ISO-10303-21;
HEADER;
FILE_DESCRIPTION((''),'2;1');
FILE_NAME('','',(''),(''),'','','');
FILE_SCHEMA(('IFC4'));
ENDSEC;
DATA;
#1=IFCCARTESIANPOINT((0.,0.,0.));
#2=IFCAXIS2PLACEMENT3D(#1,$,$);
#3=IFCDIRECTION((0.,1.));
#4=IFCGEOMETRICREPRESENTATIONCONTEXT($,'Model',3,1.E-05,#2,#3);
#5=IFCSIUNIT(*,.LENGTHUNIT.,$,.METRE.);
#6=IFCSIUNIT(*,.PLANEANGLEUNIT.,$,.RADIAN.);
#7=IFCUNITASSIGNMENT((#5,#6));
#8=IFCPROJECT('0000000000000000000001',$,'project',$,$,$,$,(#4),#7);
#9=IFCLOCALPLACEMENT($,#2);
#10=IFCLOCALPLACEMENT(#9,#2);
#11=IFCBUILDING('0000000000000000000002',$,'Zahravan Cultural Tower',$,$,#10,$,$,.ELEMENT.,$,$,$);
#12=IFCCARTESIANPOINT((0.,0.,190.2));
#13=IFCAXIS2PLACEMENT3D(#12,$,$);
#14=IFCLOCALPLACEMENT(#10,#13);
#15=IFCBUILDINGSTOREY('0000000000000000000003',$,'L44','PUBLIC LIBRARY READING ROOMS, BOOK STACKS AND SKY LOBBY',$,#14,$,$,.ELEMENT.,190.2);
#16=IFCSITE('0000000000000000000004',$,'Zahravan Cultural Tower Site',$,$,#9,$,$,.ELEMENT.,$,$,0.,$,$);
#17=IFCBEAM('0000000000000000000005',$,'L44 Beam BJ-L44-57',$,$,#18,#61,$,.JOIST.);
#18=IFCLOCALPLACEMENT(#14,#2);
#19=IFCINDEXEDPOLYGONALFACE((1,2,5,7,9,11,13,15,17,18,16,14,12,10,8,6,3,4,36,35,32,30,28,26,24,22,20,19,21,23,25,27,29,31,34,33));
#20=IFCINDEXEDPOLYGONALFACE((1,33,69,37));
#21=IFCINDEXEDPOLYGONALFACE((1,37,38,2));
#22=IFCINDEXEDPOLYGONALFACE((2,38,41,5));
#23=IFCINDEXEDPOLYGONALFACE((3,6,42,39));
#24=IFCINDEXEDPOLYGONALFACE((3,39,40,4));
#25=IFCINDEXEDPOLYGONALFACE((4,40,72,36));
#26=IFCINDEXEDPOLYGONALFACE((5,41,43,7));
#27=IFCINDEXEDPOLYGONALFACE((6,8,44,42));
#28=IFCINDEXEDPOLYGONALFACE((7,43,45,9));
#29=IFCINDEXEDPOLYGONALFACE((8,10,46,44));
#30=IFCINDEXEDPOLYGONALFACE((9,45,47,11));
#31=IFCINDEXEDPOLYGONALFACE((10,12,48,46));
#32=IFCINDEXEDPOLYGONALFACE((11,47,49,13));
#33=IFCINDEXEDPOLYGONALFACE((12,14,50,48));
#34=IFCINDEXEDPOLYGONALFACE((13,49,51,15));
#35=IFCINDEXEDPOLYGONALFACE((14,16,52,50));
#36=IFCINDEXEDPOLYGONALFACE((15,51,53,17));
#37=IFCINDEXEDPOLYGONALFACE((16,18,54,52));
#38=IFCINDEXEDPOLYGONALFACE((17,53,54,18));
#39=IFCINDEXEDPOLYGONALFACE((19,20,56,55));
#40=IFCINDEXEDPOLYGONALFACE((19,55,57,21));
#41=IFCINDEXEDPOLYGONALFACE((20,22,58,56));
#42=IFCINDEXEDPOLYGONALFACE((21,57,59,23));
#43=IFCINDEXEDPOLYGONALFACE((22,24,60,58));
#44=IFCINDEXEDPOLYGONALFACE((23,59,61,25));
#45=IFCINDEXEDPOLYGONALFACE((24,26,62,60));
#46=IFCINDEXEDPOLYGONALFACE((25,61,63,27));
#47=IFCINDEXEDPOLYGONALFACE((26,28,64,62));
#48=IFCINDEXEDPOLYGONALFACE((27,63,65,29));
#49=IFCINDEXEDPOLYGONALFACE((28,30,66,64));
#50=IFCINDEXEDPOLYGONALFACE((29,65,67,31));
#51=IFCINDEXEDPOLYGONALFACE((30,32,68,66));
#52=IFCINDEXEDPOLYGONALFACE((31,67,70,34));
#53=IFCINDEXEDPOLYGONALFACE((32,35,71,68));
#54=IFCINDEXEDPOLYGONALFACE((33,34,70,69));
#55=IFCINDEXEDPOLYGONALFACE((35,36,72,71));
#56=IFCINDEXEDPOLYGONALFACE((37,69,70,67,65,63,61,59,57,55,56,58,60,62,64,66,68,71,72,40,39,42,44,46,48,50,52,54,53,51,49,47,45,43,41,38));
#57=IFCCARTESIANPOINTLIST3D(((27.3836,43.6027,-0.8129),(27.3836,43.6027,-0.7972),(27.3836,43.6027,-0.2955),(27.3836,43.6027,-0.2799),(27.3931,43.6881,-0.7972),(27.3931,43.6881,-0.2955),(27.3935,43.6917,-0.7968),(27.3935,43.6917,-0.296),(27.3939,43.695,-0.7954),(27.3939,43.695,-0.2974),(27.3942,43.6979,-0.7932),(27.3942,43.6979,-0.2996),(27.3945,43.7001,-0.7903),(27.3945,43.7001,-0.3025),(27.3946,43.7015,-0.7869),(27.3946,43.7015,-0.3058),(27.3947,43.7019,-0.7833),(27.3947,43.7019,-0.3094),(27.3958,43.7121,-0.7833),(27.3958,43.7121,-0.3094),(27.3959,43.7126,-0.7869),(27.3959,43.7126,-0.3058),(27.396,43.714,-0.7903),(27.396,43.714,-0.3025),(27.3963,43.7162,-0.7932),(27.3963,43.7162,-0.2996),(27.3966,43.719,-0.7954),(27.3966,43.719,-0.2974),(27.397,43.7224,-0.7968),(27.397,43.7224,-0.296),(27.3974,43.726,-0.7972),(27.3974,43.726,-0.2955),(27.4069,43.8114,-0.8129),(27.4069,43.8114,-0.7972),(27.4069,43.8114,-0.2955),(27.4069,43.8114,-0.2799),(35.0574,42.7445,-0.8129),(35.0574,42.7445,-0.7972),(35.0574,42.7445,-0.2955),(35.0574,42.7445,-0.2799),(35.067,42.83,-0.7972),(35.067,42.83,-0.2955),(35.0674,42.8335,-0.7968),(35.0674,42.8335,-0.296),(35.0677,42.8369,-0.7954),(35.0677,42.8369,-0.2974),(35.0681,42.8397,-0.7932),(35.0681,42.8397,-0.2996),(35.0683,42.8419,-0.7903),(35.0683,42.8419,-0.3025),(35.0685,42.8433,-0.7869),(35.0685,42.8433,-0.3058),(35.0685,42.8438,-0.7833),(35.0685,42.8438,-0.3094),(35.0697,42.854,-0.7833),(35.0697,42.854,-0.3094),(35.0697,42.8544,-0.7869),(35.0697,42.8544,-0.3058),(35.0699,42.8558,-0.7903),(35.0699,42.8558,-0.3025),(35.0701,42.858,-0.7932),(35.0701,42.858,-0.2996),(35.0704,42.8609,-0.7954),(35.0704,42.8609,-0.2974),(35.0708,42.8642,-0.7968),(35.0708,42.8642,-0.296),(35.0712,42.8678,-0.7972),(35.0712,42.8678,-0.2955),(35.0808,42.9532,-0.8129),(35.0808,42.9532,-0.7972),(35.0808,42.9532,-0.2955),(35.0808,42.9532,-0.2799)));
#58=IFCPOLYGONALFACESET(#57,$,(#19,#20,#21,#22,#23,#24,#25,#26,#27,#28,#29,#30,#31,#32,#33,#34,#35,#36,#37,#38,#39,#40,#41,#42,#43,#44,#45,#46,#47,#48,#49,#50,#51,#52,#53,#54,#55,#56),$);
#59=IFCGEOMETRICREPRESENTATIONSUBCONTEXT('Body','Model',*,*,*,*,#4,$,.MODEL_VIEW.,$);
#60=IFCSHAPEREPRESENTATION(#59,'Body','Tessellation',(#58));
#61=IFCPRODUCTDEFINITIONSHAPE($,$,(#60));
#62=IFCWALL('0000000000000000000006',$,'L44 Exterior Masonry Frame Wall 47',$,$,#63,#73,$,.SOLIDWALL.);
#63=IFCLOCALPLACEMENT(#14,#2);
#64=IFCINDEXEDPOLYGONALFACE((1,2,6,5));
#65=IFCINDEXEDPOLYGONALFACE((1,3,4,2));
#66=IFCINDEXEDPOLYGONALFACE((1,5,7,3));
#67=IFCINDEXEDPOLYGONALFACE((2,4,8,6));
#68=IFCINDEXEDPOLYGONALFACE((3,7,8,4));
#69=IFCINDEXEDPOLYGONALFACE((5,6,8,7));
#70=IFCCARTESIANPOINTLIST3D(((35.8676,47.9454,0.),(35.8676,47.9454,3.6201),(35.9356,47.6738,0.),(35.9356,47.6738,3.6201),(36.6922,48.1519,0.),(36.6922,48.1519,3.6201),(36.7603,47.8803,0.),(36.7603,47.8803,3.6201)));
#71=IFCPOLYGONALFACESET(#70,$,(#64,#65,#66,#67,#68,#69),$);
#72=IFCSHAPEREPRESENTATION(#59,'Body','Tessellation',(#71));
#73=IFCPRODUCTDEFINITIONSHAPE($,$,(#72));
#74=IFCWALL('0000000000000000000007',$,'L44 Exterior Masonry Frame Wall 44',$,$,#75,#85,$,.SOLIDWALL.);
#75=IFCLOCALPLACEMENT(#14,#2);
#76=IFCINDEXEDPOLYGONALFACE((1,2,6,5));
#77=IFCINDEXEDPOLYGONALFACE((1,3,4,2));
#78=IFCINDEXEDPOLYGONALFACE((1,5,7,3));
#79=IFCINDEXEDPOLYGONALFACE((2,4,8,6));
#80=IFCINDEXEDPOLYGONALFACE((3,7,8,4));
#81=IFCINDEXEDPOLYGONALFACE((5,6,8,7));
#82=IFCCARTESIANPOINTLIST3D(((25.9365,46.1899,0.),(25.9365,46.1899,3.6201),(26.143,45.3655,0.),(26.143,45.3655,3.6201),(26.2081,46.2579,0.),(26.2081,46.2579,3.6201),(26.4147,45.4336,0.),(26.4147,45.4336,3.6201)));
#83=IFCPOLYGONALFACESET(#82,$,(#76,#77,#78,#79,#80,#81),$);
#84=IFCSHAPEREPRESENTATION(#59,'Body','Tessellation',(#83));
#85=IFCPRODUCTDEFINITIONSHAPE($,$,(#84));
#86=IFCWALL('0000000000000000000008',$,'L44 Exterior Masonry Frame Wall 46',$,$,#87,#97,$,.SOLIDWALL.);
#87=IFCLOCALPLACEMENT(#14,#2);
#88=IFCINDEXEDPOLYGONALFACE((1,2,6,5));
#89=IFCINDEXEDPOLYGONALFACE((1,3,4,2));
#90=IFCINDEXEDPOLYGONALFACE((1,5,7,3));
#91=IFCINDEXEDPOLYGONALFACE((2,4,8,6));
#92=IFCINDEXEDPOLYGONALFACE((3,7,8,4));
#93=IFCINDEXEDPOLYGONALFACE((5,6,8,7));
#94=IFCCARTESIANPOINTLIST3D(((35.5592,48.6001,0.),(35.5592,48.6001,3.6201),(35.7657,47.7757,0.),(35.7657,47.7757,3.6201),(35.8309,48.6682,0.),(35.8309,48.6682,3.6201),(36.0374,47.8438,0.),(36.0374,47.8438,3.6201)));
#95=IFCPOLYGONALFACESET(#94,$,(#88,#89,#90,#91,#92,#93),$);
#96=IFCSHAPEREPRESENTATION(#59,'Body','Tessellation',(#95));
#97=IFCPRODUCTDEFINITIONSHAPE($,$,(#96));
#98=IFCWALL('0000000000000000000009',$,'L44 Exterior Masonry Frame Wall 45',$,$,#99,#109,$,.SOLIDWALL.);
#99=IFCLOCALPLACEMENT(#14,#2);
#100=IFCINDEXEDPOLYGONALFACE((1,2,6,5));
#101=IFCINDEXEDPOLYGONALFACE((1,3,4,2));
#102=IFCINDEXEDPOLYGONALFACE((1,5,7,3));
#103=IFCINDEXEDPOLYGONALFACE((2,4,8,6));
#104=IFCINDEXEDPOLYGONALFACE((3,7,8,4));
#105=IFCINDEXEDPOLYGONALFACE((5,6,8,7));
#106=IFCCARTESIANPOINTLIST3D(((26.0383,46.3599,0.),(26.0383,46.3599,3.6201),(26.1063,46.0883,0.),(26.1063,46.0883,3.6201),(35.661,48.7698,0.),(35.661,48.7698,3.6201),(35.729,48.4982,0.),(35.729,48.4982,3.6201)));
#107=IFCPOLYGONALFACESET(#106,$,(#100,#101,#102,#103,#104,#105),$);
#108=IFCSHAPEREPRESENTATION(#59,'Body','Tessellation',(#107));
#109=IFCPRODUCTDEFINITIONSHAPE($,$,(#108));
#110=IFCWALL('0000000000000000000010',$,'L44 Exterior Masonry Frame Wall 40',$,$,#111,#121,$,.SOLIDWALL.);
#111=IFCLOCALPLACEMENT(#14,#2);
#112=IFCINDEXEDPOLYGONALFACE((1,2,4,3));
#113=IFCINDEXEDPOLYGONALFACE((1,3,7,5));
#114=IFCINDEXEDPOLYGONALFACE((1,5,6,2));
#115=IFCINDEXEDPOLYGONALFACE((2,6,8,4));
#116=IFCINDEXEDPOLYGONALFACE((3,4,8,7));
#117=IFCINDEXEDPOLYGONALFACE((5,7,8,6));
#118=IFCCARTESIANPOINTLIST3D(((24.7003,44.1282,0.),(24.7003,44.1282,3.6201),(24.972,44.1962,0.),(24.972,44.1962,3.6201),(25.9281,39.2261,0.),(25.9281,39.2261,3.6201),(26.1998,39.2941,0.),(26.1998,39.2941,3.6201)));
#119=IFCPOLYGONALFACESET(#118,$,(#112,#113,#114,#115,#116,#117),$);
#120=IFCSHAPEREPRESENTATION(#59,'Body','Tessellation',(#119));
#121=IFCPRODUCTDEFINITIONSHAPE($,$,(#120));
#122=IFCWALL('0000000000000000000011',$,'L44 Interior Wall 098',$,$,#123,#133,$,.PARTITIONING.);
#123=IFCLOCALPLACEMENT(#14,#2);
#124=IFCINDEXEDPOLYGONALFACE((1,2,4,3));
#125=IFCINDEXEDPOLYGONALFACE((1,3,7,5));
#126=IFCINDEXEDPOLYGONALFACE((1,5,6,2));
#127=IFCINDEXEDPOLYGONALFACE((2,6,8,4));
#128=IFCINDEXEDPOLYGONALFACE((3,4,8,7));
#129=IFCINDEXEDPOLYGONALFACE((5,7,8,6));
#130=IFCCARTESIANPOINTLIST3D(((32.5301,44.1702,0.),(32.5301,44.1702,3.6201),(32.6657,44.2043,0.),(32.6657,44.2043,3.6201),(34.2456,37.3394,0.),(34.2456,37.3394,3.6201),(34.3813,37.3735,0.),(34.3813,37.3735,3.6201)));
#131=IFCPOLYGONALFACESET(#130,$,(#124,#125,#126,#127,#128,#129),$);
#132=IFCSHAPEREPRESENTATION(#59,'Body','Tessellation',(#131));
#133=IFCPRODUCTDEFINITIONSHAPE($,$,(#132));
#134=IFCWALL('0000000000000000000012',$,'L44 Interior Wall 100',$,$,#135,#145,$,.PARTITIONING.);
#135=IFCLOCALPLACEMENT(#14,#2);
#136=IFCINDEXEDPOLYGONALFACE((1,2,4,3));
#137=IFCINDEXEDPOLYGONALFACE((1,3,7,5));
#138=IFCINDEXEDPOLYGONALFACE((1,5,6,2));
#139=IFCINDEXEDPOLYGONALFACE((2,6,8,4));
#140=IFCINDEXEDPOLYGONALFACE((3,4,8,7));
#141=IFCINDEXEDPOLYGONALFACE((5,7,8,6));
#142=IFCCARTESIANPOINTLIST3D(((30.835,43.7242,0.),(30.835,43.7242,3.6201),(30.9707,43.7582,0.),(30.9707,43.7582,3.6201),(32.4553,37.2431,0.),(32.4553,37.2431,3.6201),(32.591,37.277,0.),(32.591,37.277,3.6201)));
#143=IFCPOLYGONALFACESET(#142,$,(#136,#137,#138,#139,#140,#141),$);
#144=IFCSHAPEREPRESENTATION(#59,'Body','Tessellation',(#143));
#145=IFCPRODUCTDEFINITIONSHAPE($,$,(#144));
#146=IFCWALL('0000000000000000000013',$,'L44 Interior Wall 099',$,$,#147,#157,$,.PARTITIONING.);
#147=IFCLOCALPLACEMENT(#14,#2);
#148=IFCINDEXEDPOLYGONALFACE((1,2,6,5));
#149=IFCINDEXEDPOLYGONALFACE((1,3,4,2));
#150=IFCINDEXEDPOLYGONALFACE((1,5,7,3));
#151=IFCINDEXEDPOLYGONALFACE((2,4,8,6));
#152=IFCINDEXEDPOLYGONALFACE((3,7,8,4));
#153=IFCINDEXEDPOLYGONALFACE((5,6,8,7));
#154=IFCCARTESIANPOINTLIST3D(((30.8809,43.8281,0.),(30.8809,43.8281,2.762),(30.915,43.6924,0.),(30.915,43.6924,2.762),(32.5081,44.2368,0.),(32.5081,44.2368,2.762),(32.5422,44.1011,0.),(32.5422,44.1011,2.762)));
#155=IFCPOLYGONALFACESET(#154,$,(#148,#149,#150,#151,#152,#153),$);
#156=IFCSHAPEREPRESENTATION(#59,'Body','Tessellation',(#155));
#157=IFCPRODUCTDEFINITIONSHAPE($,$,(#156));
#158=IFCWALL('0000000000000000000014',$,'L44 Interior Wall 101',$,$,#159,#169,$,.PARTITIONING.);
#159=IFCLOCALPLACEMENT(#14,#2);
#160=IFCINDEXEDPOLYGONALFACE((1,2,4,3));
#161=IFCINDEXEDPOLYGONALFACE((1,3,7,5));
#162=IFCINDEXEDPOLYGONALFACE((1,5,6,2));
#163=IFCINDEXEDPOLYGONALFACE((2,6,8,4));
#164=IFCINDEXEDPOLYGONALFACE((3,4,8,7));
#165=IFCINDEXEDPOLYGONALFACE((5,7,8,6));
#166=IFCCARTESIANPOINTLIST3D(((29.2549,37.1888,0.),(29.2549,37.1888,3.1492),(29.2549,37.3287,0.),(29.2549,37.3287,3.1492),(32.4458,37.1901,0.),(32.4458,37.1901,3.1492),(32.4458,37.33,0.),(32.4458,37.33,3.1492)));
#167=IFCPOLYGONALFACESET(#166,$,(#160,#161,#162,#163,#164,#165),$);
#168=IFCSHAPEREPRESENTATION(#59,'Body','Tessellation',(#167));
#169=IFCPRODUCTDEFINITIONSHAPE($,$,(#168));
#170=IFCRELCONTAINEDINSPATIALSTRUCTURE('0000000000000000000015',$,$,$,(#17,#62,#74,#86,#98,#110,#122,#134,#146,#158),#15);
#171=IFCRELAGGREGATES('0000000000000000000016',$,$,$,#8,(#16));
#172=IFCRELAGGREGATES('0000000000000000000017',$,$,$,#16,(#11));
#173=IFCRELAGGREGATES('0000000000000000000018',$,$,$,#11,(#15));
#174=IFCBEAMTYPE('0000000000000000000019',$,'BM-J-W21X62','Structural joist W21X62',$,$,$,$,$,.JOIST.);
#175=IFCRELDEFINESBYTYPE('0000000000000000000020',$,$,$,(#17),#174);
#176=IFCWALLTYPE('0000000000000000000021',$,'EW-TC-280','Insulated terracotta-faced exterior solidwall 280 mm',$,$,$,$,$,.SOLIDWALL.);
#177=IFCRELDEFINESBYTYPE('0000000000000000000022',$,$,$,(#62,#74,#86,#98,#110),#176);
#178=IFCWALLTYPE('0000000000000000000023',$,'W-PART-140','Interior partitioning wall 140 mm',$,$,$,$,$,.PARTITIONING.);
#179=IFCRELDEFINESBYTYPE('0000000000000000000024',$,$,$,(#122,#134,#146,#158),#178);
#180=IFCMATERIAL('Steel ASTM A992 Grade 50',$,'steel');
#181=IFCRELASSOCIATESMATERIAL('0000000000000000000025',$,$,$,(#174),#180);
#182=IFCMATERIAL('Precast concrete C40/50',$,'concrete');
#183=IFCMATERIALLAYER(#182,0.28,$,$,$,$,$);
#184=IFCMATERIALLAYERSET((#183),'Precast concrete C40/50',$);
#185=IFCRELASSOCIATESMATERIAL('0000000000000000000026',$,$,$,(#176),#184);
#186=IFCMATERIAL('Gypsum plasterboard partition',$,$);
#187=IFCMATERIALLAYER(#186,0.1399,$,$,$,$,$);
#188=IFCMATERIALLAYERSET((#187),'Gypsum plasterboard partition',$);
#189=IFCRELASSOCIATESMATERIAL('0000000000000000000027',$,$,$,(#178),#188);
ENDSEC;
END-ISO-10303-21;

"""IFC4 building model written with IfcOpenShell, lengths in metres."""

from ifc_helpers import new_model, si_unit, direction, frame, frame_2d, origin, origin_2d, place, context, subcontext, project, spatial, rectangle, i_section, extrude, source, transform, mapped, material, layer, layer_set, material_profile, profile_set, type_object, element, save


model = new_model("IFC4")

# Units and contexts
model_context = context("Model", 3, precision=1e-05, world=origin(), true_north=direction((0.0, 1.0)))
body_context = subcontext(model_context, "Body", "Model", "MODEL_VIEW")
ifc_project = project(units=[si_unit("LENGTHUNIT", "METRE"), si_unit("PLANEANGLEUNIT", "RADIAN")], contexts=[model_context])

# Site, building, storey
site_placement = place(None, origin())
site = spatial("IfcSite", under=ifc_project, at=site_placement, Name="Zahravan Cultural Tower Site", CompositionType="ELEMENT", RefElevation=0.0)
building_placement = place(site_placement, origin())
building = spatial("IfcBuilding", under=site, at=building_placement, Name="Zahravan Cultural Tower", CompositionType="ELEMENT")
storey_placement = place(building_placement, frame((0.0, 0.0, 190.2)))
storey = spatial("IfcBuildingStorey", under=building, at=storey_placement, Name="L44", Description="PUBLIC LIBRARY READING ROOMS, BOOK STACKS AND SKY LOBBY", CompositionType="ELEMENT", Elevation=190.2)

# Shared definitions
ifc_material_1 = material(Name="Steel ASTM A992 Grade 50", Category="steel")

# Beam
ifc_material_profile_1 = material_profile(ifc_material_1, i_section(OverallWidth=0.21, OverallDepth=0.533, WebThickness=0.0103, FlangeThickness=0.0156, FilletRadius=0.0139, at=origin_2d()), Name="W21X62")
ifc_profile_set_1 = profile_set([ifc_material_profile_1], Name="Steel ASTM A992 Grade 50")
beam_type_1 = type_object("IfcBeamType", Name="BM-J-W21X62", Description="Structural joist W21X62", PredefinedType="JOIST", material=ifc_profile_set_1)
shared_shape_1 = source(origin(), body_context, "Body", "SweptSolid", [
    extrude(i_section(OverallWidth=0.21, OverallDepth=0.533, WebThickness=0.0103, FlangeThickness=0.0156, FilletRadius=0.0139, at=origin_2d()), origin(), (0.0, 0.0, 1.0), 7.7217),
])
beam_1_placement = place(storey_placement, frame((35.0691, 42.8489, -0.5464), z_axis=(-0.993805, 0.111136, 0.0), x_axis=(-0.111136, -0.993805, 0.0)))
element("IfcBeam", 1, at=beam_1_placement, inside=storey, type_object=beam_type_1, Name="L44 Beam BJ-L44-57", PredefinedType="JOIST", context=body_context, shape_type="MappedRepresentation", body=[
    mapped(shared_shape_1, transform((0.0, 0.0, 0.0), x_axis=(1.0, 0.0, 0.0), y_axis=(0.0, 1.0, 0.0), z_axis=(0.0, 0.0, 1.0), scale=1.0)),
])

# Walls
ifc_material_2 = material(Name="Precast concrete C40/50", Category="concrete")
ifc_layer_1 = layer(ifc_material_2, 0.28)
ifc_layer_set_1 = layer_set([ifc_layer_1], Name="Precast concrete C40/50")
wall_type_1 = type_object("IfcWallType", Name="EW-TC-280", Description="Insulated terracotta-faced exterior solidwall 280 mm", PredefinedType="SOLIDWALL", material=ifc_layer_set_1)
shared_shape_2 = source(origin(), body_context, "Body", "SweptSolid", [
    extrude(rectangle(XDim=0.8501, YDim=0.28, at=frame_2d((0.425, 0.0))), origin(), (0.0, 0.0, 1.0), 3.6201),
])
wall_1_placement = place(storey_placement, frame((35.9016, 47.8096, 0.0), z_axis=(0.0, 0.0, 1.0), x_axis=(0.970041, 0.242941, 0.0)))
element("IfcWall", 2, at=wall_1_placement, inside=storey, type_object=wall_type_1, Name="L44 Exterior Masonry Frame Wall 47", PredefinedType="SOLIDWALL", context=body_context, shape_type="MappedRepresentation", body=[
    mapped(shared_shape_2, transform((0.0, 0.0, 0.0), x_axis=(1.0, 0.0, 0.0), y_axis=(0.0, 1.0, 0.0), z_axis=(0.0, 0.0, 1.0), scale=1.0)),
])
shared_shape_3 = source(origin(), body_context, "Body", "SweptSolid", [
    extrude(rectangle(XDim=0.8499, YDim=0.28, at=frame_2d((0.4248, 0.0))), origin(), (0.0, 0.0, 1.0), 3.6201),
])
for number, where, z_axis, x_axis, name in (
    (3, (26.2788, 45.3997, 0.0), (0.0, 0.0, 1.0), (-0.243009, 0.970024, 0.0), "L44 Exterior Masonry Frame Wall 44"),
    (4, (35.6951, 48.634, 0.0), (0.0, 0.0, 1.0), (0.243009, -0.970024, 0.0), "L44 Exterior Masonry Frame Wall 46"),
):
    element("IfcWall", number, at=place(storey_placement, frame(where, z_axis=z_axis, x_axis=x_axis)), inside=storey, type_object=wall_type_1, Name=name, PredefinedType="SOLIDWALL", context=body_context, shape_type="MappedRepresentation", body=[
        mapped(shared_shape_3, transform((0.0, 0.0, 0.0), x_axis=(1.0, 0.0, 0.0), y_axis=(0.0, 1.0, 0.0), z_axis=(0.0, 0.0, 1.0), scale=1.0)),
    ])
shared_shape_4 = source(origin(), body_context, "Body", "SweptSolid", [
    extrude(rectangle(XDim=9.9199, YDim=0.28, at=frame_2d((4.96, 0.0))), origin(), (0.0, 0.0, 1.0), 3.6201),
])
wall_2_placement = place(storey_placement, frame((26.0723, 46.2241, 0.0), z_axis=(0.0, 0.0, 1.0), x_axis=(0.970043, 0.242935, 0.0)))
element("IfcWall", 5, at=wall_2_placement, inside=storey, type_object=wall_type_1, Name="L44 Exterior Masonry Frame Wall 45", PredefinedType="SOLIDWALL", context=body_context, shape_type="MappedRepresentation", body=[
    mapped(shared_shape_4, transform((0.0, 0.0, 0.0), x_axis=(1.0, 0.0, 0.0), y_axis=(0.0, 1.0, 0.0), z_axis=(0.0, 0.0, 1.0), scale=1.0)),
])
shared_shape_5 = source(origin(), body_context, "Body", "SweptSolid", [
    extrude(rectangle(XDim=5.0535, YDim=0.28, at=frame_2d((2.5269, 0.0))), origin(), (0.0, 0.0, 1.0), 3.6201),
])
wall_3_placement = place(storey_placement, frame((26.064, 39.26, 0.0), z_axis=(0.0, 0.0, 1.0), x_axis=(-0.242956, 0.970037, 0.0)))
element("IfcWall", 6, at=wall_3_placement, inside=storey, type_object=wall_type_1, Name="L44 Exterior Masonry Frame Wall 40", PredefinedType="SOLIDWALL", context=body_context, shape_type="MappedRepresentation", body=[
    mapped(shared_shape_5, transform((0.0, 0.0, 0.0), x_axis=(1.0, 0.0, 0.0), y_axis=(0.0, 1.0, 0.0), z_axis=(0.0, 0.0, 1.0), scale=1.0)),
])
ifc_material_3 = material(Name="Gypsum plasterboard partition")
ifc_layer_2 = layer(ifc_material_3, 0.1399)
ifc_layer_set_2 = layer_set([ifc_layer_2], Name="Gypsum plasterboard partition")
wall_type_2 = type_object("IfcWallType", Name="W-PART-140", Description="Interior partitioning wall 140 mm", PredefinedType="PARTITIONING", material=ifc_layer_set_2)
shared_shape_6 = source(origin(), body_context, "Body", "SweptSolid", [
    extrude(rectangle(XDim=7.043, YDim=0.1399, at=frame_2d((3.5215, 0.0))), origin(), (0.0, 0.0, 1.0), 3.6201),
])
wall_4_placement = place(storey_placement, frame((34.3135, 37.3564, 0.0), z_axis=(0.0, 0.0, 1.0), x_axis=(-0.243588, 0.969879, 0.0)))
element("IfcWall", 7, at=wall_4_placement, inside=storey, type_object=wall_type_2, Name="L44 Interior Wall 098", PredefinedType="PARTITIONING", context=body_context, shape_type="MappedRepresentation", body=[
    mapped(shared_shape_6, transform((0.0, 0.0, 0.0), x_axis=(1.0, 0.0, 0.0), y_axis=(0.0, 1.0, 0.0), z_axis=(0.0, 0.0, 1.0), scale=1.0)),
])
shared_shape_7 = source(origin(), body_context, "Body", "SweptSolid", [
    extrude(rectangle(XDim=6.6807, YDim=0.1399, at=frame_2d((3.3403, 0.0))), origin(), (0.0, 0.0, 1.0), 3.6201),
])
wall_5_placement = place(storey_placement, frame((30.9028, 43.7412, 0.0), z_axis=(0.0, 0.0, 1.0), x_axis=(0.242544, -0.97014, 0.0)))
element("IfcWall", 8, at=wall_5_placement, inside=storey, type_object=wall_type_2, Name="L44 Interior Wall 100", PredefinedType="PARTITIONING", context=body_context, shape_type="MappedRepresentation", body=[
    mapped(shared_shape_7, transform((0.0, 0.0, 0.0), x_axis=(1.0, 0.0, 0.0), y_axis=(0.0, 1.0, 0.0), z_axis=(0.0, 0.0, 1.0), scale=1.0)),
])
shared_shape_8 = source(origin(), body_context, "Body", "SweptSolid", [
    extrude(rectangle(XDim=1.6777, YDim=0.1399, at=frame_2d((0.8389, 0.0))), origin(), (0.0, 0.0, 1.0), 2.762),
])
wall_6_placement = place(storey_placement, frame((32.5251, 44.1689, 0.0), z_axis=(0.0, 0.0, 1.0), x_axis=(-0.969877, -0.243597, 0.0)))
element("IfcWall", 9, at=wall_6_placement, inside=storey, type_object=wall_type_2, Name="L44 Interior Wall 099", PredefinedType="PARTITIONING", context=body_context, shape_type="MappedRepresentation", body=[
    mapped(shared_shape_8, transform((0.0, 0.0, 0.0), x_axis=(1.0, 0.0, 0.0), y_axis=(0.0, 1.0, 0.0), z_axis=(0.0, 0.0, 1.0), scale=1.0)),
])
shared_shape_9 = source(origin(), body_context, "Body", "SweptSolid", [
    extrude(rectangle(XDim=3.1909, YDim=0.1399, at=frame_2d((1.5955, 0.0))), origin(), (0.0, 0.0, 1.0), 3.1492),
])
wall_7_placement = place(storey_placement, frame((32.4458, 37.26, 0.0), z_axis=(0.0, 0.0, 1.0), x_axis=(-1.0, -0.000383, 0.0)))
element("IfcWall", 10, at=wall_7_placement, inside=storey, type_object=wall_type_2, Name="L44 Interior Wall 101", PredefinedType="PARTITIONING", context=body_context, shape_type="MappedRepresentation", body=[
    mapped(shared_shape_9, transform((0.0, 0.0, 0.0), x_axis=(1.0, 0.0, 0.0), y_axis=(0.0, 1.0, 0.0), z_axis=(0.0, 0.0, 1.0), scale=1.0)),
])

save(model, "model.ifc")
